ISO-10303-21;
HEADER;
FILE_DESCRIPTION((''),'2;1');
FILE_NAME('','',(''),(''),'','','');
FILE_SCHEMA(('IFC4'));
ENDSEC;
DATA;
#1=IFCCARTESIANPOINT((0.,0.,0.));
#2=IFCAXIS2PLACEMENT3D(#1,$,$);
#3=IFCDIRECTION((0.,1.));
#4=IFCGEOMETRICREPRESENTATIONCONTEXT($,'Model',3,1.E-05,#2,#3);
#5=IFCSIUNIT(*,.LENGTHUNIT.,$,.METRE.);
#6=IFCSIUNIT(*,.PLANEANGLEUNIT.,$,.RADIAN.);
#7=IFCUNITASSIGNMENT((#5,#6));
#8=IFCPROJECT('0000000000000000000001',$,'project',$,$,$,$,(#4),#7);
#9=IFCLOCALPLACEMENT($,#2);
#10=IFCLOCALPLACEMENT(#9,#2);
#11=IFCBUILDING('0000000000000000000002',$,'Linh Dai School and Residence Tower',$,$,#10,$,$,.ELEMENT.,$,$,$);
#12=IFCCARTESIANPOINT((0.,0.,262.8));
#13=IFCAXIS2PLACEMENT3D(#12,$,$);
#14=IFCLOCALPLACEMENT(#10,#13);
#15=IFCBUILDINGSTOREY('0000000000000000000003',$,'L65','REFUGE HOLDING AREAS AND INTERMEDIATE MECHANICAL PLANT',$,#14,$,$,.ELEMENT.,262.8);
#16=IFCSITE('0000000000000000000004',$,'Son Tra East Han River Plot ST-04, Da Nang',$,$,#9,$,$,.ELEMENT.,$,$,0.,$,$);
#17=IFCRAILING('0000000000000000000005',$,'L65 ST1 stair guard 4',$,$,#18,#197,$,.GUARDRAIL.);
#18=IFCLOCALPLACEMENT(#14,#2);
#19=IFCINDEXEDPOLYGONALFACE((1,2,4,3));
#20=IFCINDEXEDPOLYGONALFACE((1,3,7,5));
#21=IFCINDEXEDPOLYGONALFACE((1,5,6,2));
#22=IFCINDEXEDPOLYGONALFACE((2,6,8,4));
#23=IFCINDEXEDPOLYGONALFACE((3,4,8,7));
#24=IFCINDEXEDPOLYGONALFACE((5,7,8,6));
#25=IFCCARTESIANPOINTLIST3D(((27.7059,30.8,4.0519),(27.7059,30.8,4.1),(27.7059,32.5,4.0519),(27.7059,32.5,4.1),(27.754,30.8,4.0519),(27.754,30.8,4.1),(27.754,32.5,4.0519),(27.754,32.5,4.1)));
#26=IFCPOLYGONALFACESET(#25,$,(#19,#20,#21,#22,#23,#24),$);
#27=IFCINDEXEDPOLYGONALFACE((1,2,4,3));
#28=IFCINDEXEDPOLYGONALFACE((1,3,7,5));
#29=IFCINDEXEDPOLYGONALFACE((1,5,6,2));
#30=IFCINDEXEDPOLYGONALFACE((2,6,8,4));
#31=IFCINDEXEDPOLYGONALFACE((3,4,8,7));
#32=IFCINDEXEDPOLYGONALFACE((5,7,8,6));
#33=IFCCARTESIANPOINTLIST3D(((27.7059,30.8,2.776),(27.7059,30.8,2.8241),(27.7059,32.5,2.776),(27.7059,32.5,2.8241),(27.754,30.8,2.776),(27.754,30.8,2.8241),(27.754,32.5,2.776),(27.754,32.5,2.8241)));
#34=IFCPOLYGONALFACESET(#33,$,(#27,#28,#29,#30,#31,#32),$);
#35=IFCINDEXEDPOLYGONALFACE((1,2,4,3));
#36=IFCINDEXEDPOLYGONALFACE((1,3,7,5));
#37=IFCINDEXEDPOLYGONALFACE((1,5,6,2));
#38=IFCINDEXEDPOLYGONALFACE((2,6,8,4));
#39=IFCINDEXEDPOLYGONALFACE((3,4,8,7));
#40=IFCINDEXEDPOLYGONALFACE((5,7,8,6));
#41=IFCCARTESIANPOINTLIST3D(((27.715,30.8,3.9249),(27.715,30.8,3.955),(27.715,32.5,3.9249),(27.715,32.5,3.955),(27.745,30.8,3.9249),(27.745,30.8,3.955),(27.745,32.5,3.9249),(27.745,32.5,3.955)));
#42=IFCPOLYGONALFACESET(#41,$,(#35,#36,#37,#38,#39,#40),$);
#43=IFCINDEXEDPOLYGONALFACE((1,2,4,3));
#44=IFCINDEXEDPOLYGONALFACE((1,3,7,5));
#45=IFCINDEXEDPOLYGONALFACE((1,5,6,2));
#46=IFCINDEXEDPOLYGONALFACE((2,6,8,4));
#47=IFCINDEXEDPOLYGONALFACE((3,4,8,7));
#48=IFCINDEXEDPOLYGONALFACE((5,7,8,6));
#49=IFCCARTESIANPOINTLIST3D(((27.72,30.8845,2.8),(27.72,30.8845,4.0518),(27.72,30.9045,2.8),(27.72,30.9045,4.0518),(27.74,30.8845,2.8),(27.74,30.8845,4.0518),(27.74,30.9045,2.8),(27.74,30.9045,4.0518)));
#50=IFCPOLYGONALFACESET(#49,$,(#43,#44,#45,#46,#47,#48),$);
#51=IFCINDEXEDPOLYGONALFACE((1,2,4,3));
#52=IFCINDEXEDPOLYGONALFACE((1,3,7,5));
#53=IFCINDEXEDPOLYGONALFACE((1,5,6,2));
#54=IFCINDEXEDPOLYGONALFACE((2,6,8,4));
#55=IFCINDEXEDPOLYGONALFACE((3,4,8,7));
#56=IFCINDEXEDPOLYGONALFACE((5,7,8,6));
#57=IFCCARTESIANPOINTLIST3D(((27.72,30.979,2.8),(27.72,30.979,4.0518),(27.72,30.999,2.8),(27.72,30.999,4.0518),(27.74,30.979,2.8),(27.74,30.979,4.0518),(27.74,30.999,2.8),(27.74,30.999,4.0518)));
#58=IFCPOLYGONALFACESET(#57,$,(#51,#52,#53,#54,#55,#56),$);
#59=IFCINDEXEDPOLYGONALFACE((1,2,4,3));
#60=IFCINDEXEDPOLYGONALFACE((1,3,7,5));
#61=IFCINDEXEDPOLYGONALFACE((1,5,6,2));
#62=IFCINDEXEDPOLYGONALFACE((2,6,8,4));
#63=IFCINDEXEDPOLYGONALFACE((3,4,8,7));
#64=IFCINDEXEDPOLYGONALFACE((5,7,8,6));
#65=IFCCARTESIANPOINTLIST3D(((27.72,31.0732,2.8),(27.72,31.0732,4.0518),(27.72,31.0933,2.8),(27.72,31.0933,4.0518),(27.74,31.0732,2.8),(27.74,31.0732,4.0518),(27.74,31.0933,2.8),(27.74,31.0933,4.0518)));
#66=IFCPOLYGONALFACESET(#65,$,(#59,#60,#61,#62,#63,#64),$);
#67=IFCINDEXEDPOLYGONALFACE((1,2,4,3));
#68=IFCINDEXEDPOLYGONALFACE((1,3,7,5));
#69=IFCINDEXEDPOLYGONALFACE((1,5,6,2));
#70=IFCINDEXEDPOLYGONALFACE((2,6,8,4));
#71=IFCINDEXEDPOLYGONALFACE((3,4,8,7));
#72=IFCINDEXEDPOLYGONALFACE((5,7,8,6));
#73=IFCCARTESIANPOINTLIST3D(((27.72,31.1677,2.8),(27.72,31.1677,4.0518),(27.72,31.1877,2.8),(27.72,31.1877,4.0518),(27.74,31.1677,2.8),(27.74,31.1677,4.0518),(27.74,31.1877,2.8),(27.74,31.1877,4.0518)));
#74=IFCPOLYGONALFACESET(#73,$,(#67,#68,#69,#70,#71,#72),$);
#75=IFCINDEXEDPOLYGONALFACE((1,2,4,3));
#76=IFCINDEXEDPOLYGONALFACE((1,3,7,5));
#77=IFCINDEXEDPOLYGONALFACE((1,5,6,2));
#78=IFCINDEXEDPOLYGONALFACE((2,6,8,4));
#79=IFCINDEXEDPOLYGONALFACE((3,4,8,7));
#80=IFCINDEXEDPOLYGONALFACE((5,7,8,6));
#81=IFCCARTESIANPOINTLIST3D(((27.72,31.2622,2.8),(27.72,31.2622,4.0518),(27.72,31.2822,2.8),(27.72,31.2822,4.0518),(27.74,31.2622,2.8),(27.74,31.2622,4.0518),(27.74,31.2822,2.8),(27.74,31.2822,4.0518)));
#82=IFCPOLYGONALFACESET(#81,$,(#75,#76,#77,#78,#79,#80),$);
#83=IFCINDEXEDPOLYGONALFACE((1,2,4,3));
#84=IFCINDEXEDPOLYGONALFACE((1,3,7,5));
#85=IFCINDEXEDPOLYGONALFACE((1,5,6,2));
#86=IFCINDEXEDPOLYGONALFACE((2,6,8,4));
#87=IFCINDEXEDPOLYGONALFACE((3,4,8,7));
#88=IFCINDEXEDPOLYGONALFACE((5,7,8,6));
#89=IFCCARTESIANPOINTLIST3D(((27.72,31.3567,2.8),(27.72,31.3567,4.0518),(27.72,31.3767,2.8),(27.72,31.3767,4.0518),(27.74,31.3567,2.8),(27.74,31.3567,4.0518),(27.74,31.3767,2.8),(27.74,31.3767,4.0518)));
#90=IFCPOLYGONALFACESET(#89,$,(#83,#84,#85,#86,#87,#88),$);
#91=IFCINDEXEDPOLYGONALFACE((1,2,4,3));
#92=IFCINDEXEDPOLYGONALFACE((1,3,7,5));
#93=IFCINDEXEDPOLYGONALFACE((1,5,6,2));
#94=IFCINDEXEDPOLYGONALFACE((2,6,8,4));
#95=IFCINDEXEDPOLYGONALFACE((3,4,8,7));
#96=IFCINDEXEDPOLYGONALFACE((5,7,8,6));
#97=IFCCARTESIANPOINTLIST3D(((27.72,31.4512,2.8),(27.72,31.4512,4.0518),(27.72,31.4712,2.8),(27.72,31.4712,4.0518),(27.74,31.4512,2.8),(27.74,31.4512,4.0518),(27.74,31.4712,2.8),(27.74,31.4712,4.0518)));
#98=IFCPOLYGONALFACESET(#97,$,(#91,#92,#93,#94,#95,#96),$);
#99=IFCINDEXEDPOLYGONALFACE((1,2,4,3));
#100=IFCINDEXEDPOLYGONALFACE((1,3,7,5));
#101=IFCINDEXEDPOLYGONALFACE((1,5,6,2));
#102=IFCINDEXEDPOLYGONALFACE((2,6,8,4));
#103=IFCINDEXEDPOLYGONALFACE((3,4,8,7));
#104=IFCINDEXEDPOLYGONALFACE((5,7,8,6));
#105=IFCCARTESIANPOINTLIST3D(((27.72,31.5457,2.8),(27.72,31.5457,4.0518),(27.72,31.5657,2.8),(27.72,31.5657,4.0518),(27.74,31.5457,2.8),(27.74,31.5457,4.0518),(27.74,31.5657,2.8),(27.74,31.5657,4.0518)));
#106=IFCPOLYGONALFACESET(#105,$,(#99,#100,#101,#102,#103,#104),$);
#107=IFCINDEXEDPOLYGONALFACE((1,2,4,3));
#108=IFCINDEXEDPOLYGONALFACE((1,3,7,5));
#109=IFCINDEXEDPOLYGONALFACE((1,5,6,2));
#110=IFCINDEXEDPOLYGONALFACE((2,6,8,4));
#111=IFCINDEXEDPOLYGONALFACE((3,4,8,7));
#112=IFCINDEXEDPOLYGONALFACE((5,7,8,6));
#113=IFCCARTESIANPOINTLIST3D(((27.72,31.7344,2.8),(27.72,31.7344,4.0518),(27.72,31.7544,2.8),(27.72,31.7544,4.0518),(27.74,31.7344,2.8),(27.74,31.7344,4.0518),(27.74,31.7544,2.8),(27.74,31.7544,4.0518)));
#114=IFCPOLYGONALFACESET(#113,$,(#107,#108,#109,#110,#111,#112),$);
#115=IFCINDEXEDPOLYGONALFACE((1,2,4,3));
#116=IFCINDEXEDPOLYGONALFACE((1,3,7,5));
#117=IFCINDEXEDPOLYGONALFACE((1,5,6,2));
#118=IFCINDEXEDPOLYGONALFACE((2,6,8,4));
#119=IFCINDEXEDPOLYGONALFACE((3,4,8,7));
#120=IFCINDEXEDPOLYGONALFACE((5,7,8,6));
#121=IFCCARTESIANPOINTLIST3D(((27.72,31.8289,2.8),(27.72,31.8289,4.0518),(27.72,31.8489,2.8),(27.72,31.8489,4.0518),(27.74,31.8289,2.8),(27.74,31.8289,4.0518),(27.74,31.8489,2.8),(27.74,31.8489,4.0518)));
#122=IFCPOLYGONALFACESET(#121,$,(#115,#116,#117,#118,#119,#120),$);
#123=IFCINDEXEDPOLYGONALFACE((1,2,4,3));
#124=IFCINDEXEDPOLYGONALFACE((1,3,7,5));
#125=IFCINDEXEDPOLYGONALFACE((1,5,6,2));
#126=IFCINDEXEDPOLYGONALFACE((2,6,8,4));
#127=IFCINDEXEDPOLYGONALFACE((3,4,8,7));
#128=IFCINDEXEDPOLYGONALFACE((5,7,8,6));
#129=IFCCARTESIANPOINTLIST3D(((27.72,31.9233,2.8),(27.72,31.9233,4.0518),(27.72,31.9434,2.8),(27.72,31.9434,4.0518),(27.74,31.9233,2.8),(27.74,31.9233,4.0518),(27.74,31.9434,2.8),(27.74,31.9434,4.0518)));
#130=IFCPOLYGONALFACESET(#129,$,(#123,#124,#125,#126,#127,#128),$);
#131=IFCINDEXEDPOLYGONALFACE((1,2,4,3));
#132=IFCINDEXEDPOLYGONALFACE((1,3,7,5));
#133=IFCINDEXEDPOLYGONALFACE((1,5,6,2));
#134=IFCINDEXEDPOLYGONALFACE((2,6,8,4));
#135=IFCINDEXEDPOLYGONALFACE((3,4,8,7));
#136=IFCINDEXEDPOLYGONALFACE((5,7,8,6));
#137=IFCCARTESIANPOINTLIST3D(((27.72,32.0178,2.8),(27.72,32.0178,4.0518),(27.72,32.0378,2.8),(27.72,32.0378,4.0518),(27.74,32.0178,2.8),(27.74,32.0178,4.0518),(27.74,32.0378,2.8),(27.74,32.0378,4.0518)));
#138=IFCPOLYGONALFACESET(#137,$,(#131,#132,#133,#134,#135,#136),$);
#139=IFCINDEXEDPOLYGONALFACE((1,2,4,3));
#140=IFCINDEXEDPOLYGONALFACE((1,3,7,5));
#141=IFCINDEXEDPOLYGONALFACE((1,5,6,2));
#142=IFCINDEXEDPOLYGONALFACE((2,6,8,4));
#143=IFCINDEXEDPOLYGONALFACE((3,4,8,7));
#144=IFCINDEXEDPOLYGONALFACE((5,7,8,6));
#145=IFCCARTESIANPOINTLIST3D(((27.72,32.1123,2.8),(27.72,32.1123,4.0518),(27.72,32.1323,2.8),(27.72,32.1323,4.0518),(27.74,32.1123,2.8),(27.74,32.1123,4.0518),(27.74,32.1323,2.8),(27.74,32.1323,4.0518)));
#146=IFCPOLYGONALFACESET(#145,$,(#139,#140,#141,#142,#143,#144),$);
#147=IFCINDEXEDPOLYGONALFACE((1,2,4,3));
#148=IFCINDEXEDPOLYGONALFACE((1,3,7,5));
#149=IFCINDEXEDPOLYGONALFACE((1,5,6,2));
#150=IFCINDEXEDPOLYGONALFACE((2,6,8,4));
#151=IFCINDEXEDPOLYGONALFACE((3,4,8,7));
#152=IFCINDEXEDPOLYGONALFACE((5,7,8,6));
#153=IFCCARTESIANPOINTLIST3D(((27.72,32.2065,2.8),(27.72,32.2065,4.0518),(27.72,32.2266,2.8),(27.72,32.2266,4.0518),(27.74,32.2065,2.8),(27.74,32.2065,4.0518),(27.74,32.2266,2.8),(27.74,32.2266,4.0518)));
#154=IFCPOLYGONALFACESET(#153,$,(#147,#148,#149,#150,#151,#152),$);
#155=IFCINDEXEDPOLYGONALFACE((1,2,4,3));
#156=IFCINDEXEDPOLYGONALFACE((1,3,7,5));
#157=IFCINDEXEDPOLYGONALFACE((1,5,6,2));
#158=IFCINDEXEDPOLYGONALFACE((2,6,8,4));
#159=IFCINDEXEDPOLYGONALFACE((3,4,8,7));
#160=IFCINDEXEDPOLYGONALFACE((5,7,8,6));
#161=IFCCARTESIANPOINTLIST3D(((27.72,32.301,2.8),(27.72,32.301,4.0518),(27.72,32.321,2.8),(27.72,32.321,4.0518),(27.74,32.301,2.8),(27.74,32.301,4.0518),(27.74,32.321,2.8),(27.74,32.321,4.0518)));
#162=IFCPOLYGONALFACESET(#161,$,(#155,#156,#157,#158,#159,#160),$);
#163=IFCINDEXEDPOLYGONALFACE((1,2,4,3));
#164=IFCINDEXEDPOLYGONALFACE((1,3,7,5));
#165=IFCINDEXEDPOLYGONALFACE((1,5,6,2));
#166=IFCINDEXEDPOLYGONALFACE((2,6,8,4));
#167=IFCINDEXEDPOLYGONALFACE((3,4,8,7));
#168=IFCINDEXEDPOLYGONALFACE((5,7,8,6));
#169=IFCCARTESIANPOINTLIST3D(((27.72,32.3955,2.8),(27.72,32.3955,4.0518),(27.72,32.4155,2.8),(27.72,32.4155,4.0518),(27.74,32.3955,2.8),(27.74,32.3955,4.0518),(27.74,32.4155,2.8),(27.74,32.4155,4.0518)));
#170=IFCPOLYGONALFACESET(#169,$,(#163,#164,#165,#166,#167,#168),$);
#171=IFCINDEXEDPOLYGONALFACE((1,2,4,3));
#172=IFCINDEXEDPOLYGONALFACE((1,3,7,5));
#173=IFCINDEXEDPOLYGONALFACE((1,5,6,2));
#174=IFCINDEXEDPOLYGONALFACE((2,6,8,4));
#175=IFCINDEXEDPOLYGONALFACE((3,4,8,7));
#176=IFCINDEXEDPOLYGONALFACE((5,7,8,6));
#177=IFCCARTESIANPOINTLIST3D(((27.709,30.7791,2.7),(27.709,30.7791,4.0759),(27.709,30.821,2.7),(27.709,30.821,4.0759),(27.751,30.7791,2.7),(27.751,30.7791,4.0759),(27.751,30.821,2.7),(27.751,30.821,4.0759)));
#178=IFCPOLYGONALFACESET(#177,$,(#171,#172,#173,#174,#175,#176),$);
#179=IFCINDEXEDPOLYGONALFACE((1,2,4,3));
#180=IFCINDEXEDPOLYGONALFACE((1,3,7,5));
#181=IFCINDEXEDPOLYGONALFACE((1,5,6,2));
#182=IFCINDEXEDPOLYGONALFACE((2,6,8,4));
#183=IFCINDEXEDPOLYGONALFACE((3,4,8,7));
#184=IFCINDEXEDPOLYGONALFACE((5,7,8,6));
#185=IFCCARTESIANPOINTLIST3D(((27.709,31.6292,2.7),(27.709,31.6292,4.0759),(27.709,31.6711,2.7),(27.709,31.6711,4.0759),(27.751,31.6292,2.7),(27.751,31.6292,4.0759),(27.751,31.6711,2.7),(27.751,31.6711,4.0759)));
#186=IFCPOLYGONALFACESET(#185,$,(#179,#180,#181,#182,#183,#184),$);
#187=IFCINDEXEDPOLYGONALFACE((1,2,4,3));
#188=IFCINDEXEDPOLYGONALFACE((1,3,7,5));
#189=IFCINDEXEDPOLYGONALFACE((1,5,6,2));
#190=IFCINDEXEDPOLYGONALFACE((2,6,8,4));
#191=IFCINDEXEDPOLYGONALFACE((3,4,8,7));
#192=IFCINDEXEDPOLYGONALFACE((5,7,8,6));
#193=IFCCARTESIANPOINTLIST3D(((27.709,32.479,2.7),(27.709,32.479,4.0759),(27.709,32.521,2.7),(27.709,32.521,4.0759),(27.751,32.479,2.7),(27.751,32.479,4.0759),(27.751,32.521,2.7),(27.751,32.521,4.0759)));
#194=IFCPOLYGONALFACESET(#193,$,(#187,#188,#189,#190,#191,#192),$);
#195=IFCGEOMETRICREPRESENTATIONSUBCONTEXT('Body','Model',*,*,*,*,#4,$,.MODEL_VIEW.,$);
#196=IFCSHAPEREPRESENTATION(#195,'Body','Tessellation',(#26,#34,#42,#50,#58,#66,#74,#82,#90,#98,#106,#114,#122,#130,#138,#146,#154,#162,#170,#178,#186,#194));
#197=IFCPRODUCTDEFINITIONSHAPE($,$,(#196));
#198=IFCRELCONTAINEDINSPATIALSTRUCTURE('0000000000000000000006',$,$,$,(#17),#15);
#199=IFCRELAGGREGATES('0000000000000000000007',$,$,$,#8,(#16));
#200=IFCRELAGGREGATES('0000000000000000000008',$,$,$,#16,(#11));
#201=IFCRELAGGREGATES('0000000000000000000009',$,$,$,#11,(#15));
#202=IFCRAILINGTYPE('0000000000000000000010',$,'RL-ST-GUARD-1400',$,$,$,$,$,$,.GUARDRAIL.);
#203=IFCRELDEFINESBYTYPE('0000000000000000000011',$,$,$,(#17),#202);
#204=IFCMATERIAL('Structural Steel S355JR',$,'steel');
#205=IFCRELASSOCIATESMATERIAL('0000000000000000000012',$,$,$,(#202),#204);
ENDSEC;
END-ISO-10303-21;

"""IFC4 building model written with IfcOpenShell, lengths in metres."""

from ifc_helpers import new_model, si_unit, direction, frame, origin, origin_2d, place, context, subcontext, project, spatial, rectangle, extrude, source, transform, mapped, material, type_object, element, save


model = new_model("IFC4")

# Units and contexts
model_context = context("Model", 3, precision=1e-05, world=origin(), true_north=direction((0.0, 1.0)))
body_context = subcontext(model_context, "Body", "Model", "MODEL_VIEW")
ifc_project = project(units=[si_unit("LENGTHUNIT", "METRE"), si_unit("PLANEANGLEUNIT", "RADIAN")], contexts=[model_context])

# Site, building, storey
site_placement = place(None, origin())
site = spatial("IfcSite", under=ifc_project, at=site_placement, Name="Son Tra East Han River Plot ST-04, Da Nang", CompositionType="ELEMENT", RefElevation=0.0)
building_placement = place(site_placement, origin())
building = spatial("IfcBuilding", under=site, at=building_placement, Name="Linh Dai School and Residence Tower", CompositionType="ELEMENT")
storey_placement = place(building_placement, frame((0.0, 0.0, 262.8)))
storey = spatial("IfcBuildingStorey", under=building, at=storey_placement, Name="L65", Description="REFUGE HOLDING AREAS AND INTERMEDIATE MECHANICAL PLANT", CompositionType="ELEMENT", Elevation=262.8)

# Shared definitions
ifc_material_1 = material(Name="Structural Steel S355JR", Category="steel")

# Railing
railing_type_1 = type_object("IfcRailingType", Name="RL-ST-GUARD-1400", PredefinedType="GUARDRAIL", material=ifc_material_1)
shared_shape_1 = source(origin(), body_context, "Body", "SweptSolid", [
    extrude(rectangle(XDim=0.0481, YDim=0.0481, at=origin_2d()), frame((0.0, 0.0, 1.376), z_axis=(0.0, 1.0, 0.0), x_axis=(-1.0, 0.0, 0.0)), (0.0, 0.0, 1.0), 1.7),
    extrude(rectangle(XDim=0.0481, YDim=0.0481, at=origin_2d()), frame((0.0, 0.0, 0.1001), z_axis=(0.0, 1.0, 0.0), x_axis=(-1.0, 0.0, 0.0)), (0.0, 0.0, 1.0), 1.7),
    extrude(rectangle(XDim=0.03, YDim=0.03, at=origin_2d()), frame((0.0, 0.0, 1.24), z_axis=(0.0, 1.0, 0.0), x_axis=(-1.0, 0.0, 0.0)), (0.0, 0.0, 1.0), 1.7),
    extrude(rectangle(XDim=0.02, YDim=0.02, at=origin_2d()), frame((0.0, 0.0945, 0.1001)), (0.0, 0.0, 1.0), 1.2517),
    extrude(rectangle(XDim=0.02, YDim=0.02, at=origin_2d()), frame((0.0, 0.189, 0.1001)), (0.0, 0.0, 1.0), 1.2517),
    extrude(rectangle(XDim=0.02, YDim=0.02, at=origin_2d()), frame((0.0, 0.2832, 0.1001)), (0.0, 0.0, 1.0), 1.2517),
    extrude(rectangle(XDim=0.02, YDim=0.02, at=origin_2d()), frame((0.0, 0.3777, 0.1001)), (0.0, 0.0, 1.0), 1.2517),
    extrude(rectangle(XDim=0.02, YDim=0.02, at=origin_2d()), frame((0.0, 0.4722, 0.1001)), (0.0, 0.0, 1.0), 1.2517),
    extrude(rectangle(XDim=0.02, YDim=0.02, at=origin_2d()), frame((0.0, 0.5667, 0.1001)), (0.0, 0.0, 1.0), 1.2517),
    extrude(rectangle(XDim=0.02, YDim=0.02, at=origin_2d()), frame((0.0, 0.6611, 0.1001)), (0.0, 0.0, 1.0), 1.2517),
    extrude(rectangle(XDim=0.02, YDim=0.02, at=origin_2d()), frame((0.0, 0.7556, 0.1001)), (0.0, 0.0, 1.0), 1.2517),
    extrude(rectangle(XDim=0.02, YDim=0.02, at=origin_2d()), frame((0.0, 0.9443, 0.1001)), (0.0, 0.0, 1.0), 1.2517),
    extrude(rectangle(XDim=0.02, YDim=0.02, at=origin_2d()), frame((0.0, 1.0388, 0.1001)), (0.0, 0.0, 1.0), 1.2517),
    extrude(rectangle(XDim=0.02, YDim=0.02, at=origin_2d()), frame((0.0, 1.1333, 0.1001)), (0.0, 0.0, 1.0), 1.2517),
    extrude(rectangle(XDim=0.02, YDim=0.02, at=origin_2d()), frame((0.0, 1.2278, 0.1001)), (0.0, 0.0, 1.0), 1.2517),
    extrude(rectangle(XDim=0.02, YDim=0.02, at=origin_2d()), frame((0.0, 1.3223, 0.1001)), (0.0, 0.0, 1.0), 1.2517),
    extrude(rectangle(XDim=0.02, YDim=0.02, at=origin_2d()), frame((0.0, 1.4165, 0.1001)), (0.0, 0.0, 1.0), 1.2517),
    extrude(rectangle(XDim=0.02, YDim=0.02, at=origin_2d()), frame((0.0, 1.511, 0.1001)), (0.0, 0.0, 1.0), 1.2517),
    extrude(rectangle(XDim=0.02, YDim=0.02, at=origin_2d()), frame((0.0, 1.6055, 0.1001)), (0.0, 0.0, 1.0), 1.2517),
    extrude(rectangle(XDim=0.042, YDim=0.042, at=origin_2d()), origin(), (0.0, 0.0, 1.0), 1.376),
    extrude(rectangle(XDim=0.042, YDim=0.042, at=origin_2d()), frame((0.0, 0.8501, 0.0)), (0.0, 0.0, 1.0), 1.376),
    extrude(rectangle(XDim=0.042, YDim=0.042, at=origin_2d()), frame((0.0, 1.7, 0.0)), (0.0, 0.0, 1.0), 1.376),
])
for number, where, name in (
    (1, (27.73, 30.8, 2.7), "L65 ST1 stair guard 4"),
):
    element("IfcRailing", number, at=place(storey_placement, frame(where)), inside=storey, type_object=railing_type_1, Name=name, PredefinedType="GUARDRAIL", context=body_context, shape_type="MappedRepresentation", body=[
        mapped(shared_shape_1, transform((0.0, 0.0, 0.0), x_axis=(1.0, 0.0, 0.0), y_axis=(0.0, 1.0, 0.0), z_axis=(0.0, 0.0, 1.0), scale=1.0)),
    ])

save(model, "model.ifc")
